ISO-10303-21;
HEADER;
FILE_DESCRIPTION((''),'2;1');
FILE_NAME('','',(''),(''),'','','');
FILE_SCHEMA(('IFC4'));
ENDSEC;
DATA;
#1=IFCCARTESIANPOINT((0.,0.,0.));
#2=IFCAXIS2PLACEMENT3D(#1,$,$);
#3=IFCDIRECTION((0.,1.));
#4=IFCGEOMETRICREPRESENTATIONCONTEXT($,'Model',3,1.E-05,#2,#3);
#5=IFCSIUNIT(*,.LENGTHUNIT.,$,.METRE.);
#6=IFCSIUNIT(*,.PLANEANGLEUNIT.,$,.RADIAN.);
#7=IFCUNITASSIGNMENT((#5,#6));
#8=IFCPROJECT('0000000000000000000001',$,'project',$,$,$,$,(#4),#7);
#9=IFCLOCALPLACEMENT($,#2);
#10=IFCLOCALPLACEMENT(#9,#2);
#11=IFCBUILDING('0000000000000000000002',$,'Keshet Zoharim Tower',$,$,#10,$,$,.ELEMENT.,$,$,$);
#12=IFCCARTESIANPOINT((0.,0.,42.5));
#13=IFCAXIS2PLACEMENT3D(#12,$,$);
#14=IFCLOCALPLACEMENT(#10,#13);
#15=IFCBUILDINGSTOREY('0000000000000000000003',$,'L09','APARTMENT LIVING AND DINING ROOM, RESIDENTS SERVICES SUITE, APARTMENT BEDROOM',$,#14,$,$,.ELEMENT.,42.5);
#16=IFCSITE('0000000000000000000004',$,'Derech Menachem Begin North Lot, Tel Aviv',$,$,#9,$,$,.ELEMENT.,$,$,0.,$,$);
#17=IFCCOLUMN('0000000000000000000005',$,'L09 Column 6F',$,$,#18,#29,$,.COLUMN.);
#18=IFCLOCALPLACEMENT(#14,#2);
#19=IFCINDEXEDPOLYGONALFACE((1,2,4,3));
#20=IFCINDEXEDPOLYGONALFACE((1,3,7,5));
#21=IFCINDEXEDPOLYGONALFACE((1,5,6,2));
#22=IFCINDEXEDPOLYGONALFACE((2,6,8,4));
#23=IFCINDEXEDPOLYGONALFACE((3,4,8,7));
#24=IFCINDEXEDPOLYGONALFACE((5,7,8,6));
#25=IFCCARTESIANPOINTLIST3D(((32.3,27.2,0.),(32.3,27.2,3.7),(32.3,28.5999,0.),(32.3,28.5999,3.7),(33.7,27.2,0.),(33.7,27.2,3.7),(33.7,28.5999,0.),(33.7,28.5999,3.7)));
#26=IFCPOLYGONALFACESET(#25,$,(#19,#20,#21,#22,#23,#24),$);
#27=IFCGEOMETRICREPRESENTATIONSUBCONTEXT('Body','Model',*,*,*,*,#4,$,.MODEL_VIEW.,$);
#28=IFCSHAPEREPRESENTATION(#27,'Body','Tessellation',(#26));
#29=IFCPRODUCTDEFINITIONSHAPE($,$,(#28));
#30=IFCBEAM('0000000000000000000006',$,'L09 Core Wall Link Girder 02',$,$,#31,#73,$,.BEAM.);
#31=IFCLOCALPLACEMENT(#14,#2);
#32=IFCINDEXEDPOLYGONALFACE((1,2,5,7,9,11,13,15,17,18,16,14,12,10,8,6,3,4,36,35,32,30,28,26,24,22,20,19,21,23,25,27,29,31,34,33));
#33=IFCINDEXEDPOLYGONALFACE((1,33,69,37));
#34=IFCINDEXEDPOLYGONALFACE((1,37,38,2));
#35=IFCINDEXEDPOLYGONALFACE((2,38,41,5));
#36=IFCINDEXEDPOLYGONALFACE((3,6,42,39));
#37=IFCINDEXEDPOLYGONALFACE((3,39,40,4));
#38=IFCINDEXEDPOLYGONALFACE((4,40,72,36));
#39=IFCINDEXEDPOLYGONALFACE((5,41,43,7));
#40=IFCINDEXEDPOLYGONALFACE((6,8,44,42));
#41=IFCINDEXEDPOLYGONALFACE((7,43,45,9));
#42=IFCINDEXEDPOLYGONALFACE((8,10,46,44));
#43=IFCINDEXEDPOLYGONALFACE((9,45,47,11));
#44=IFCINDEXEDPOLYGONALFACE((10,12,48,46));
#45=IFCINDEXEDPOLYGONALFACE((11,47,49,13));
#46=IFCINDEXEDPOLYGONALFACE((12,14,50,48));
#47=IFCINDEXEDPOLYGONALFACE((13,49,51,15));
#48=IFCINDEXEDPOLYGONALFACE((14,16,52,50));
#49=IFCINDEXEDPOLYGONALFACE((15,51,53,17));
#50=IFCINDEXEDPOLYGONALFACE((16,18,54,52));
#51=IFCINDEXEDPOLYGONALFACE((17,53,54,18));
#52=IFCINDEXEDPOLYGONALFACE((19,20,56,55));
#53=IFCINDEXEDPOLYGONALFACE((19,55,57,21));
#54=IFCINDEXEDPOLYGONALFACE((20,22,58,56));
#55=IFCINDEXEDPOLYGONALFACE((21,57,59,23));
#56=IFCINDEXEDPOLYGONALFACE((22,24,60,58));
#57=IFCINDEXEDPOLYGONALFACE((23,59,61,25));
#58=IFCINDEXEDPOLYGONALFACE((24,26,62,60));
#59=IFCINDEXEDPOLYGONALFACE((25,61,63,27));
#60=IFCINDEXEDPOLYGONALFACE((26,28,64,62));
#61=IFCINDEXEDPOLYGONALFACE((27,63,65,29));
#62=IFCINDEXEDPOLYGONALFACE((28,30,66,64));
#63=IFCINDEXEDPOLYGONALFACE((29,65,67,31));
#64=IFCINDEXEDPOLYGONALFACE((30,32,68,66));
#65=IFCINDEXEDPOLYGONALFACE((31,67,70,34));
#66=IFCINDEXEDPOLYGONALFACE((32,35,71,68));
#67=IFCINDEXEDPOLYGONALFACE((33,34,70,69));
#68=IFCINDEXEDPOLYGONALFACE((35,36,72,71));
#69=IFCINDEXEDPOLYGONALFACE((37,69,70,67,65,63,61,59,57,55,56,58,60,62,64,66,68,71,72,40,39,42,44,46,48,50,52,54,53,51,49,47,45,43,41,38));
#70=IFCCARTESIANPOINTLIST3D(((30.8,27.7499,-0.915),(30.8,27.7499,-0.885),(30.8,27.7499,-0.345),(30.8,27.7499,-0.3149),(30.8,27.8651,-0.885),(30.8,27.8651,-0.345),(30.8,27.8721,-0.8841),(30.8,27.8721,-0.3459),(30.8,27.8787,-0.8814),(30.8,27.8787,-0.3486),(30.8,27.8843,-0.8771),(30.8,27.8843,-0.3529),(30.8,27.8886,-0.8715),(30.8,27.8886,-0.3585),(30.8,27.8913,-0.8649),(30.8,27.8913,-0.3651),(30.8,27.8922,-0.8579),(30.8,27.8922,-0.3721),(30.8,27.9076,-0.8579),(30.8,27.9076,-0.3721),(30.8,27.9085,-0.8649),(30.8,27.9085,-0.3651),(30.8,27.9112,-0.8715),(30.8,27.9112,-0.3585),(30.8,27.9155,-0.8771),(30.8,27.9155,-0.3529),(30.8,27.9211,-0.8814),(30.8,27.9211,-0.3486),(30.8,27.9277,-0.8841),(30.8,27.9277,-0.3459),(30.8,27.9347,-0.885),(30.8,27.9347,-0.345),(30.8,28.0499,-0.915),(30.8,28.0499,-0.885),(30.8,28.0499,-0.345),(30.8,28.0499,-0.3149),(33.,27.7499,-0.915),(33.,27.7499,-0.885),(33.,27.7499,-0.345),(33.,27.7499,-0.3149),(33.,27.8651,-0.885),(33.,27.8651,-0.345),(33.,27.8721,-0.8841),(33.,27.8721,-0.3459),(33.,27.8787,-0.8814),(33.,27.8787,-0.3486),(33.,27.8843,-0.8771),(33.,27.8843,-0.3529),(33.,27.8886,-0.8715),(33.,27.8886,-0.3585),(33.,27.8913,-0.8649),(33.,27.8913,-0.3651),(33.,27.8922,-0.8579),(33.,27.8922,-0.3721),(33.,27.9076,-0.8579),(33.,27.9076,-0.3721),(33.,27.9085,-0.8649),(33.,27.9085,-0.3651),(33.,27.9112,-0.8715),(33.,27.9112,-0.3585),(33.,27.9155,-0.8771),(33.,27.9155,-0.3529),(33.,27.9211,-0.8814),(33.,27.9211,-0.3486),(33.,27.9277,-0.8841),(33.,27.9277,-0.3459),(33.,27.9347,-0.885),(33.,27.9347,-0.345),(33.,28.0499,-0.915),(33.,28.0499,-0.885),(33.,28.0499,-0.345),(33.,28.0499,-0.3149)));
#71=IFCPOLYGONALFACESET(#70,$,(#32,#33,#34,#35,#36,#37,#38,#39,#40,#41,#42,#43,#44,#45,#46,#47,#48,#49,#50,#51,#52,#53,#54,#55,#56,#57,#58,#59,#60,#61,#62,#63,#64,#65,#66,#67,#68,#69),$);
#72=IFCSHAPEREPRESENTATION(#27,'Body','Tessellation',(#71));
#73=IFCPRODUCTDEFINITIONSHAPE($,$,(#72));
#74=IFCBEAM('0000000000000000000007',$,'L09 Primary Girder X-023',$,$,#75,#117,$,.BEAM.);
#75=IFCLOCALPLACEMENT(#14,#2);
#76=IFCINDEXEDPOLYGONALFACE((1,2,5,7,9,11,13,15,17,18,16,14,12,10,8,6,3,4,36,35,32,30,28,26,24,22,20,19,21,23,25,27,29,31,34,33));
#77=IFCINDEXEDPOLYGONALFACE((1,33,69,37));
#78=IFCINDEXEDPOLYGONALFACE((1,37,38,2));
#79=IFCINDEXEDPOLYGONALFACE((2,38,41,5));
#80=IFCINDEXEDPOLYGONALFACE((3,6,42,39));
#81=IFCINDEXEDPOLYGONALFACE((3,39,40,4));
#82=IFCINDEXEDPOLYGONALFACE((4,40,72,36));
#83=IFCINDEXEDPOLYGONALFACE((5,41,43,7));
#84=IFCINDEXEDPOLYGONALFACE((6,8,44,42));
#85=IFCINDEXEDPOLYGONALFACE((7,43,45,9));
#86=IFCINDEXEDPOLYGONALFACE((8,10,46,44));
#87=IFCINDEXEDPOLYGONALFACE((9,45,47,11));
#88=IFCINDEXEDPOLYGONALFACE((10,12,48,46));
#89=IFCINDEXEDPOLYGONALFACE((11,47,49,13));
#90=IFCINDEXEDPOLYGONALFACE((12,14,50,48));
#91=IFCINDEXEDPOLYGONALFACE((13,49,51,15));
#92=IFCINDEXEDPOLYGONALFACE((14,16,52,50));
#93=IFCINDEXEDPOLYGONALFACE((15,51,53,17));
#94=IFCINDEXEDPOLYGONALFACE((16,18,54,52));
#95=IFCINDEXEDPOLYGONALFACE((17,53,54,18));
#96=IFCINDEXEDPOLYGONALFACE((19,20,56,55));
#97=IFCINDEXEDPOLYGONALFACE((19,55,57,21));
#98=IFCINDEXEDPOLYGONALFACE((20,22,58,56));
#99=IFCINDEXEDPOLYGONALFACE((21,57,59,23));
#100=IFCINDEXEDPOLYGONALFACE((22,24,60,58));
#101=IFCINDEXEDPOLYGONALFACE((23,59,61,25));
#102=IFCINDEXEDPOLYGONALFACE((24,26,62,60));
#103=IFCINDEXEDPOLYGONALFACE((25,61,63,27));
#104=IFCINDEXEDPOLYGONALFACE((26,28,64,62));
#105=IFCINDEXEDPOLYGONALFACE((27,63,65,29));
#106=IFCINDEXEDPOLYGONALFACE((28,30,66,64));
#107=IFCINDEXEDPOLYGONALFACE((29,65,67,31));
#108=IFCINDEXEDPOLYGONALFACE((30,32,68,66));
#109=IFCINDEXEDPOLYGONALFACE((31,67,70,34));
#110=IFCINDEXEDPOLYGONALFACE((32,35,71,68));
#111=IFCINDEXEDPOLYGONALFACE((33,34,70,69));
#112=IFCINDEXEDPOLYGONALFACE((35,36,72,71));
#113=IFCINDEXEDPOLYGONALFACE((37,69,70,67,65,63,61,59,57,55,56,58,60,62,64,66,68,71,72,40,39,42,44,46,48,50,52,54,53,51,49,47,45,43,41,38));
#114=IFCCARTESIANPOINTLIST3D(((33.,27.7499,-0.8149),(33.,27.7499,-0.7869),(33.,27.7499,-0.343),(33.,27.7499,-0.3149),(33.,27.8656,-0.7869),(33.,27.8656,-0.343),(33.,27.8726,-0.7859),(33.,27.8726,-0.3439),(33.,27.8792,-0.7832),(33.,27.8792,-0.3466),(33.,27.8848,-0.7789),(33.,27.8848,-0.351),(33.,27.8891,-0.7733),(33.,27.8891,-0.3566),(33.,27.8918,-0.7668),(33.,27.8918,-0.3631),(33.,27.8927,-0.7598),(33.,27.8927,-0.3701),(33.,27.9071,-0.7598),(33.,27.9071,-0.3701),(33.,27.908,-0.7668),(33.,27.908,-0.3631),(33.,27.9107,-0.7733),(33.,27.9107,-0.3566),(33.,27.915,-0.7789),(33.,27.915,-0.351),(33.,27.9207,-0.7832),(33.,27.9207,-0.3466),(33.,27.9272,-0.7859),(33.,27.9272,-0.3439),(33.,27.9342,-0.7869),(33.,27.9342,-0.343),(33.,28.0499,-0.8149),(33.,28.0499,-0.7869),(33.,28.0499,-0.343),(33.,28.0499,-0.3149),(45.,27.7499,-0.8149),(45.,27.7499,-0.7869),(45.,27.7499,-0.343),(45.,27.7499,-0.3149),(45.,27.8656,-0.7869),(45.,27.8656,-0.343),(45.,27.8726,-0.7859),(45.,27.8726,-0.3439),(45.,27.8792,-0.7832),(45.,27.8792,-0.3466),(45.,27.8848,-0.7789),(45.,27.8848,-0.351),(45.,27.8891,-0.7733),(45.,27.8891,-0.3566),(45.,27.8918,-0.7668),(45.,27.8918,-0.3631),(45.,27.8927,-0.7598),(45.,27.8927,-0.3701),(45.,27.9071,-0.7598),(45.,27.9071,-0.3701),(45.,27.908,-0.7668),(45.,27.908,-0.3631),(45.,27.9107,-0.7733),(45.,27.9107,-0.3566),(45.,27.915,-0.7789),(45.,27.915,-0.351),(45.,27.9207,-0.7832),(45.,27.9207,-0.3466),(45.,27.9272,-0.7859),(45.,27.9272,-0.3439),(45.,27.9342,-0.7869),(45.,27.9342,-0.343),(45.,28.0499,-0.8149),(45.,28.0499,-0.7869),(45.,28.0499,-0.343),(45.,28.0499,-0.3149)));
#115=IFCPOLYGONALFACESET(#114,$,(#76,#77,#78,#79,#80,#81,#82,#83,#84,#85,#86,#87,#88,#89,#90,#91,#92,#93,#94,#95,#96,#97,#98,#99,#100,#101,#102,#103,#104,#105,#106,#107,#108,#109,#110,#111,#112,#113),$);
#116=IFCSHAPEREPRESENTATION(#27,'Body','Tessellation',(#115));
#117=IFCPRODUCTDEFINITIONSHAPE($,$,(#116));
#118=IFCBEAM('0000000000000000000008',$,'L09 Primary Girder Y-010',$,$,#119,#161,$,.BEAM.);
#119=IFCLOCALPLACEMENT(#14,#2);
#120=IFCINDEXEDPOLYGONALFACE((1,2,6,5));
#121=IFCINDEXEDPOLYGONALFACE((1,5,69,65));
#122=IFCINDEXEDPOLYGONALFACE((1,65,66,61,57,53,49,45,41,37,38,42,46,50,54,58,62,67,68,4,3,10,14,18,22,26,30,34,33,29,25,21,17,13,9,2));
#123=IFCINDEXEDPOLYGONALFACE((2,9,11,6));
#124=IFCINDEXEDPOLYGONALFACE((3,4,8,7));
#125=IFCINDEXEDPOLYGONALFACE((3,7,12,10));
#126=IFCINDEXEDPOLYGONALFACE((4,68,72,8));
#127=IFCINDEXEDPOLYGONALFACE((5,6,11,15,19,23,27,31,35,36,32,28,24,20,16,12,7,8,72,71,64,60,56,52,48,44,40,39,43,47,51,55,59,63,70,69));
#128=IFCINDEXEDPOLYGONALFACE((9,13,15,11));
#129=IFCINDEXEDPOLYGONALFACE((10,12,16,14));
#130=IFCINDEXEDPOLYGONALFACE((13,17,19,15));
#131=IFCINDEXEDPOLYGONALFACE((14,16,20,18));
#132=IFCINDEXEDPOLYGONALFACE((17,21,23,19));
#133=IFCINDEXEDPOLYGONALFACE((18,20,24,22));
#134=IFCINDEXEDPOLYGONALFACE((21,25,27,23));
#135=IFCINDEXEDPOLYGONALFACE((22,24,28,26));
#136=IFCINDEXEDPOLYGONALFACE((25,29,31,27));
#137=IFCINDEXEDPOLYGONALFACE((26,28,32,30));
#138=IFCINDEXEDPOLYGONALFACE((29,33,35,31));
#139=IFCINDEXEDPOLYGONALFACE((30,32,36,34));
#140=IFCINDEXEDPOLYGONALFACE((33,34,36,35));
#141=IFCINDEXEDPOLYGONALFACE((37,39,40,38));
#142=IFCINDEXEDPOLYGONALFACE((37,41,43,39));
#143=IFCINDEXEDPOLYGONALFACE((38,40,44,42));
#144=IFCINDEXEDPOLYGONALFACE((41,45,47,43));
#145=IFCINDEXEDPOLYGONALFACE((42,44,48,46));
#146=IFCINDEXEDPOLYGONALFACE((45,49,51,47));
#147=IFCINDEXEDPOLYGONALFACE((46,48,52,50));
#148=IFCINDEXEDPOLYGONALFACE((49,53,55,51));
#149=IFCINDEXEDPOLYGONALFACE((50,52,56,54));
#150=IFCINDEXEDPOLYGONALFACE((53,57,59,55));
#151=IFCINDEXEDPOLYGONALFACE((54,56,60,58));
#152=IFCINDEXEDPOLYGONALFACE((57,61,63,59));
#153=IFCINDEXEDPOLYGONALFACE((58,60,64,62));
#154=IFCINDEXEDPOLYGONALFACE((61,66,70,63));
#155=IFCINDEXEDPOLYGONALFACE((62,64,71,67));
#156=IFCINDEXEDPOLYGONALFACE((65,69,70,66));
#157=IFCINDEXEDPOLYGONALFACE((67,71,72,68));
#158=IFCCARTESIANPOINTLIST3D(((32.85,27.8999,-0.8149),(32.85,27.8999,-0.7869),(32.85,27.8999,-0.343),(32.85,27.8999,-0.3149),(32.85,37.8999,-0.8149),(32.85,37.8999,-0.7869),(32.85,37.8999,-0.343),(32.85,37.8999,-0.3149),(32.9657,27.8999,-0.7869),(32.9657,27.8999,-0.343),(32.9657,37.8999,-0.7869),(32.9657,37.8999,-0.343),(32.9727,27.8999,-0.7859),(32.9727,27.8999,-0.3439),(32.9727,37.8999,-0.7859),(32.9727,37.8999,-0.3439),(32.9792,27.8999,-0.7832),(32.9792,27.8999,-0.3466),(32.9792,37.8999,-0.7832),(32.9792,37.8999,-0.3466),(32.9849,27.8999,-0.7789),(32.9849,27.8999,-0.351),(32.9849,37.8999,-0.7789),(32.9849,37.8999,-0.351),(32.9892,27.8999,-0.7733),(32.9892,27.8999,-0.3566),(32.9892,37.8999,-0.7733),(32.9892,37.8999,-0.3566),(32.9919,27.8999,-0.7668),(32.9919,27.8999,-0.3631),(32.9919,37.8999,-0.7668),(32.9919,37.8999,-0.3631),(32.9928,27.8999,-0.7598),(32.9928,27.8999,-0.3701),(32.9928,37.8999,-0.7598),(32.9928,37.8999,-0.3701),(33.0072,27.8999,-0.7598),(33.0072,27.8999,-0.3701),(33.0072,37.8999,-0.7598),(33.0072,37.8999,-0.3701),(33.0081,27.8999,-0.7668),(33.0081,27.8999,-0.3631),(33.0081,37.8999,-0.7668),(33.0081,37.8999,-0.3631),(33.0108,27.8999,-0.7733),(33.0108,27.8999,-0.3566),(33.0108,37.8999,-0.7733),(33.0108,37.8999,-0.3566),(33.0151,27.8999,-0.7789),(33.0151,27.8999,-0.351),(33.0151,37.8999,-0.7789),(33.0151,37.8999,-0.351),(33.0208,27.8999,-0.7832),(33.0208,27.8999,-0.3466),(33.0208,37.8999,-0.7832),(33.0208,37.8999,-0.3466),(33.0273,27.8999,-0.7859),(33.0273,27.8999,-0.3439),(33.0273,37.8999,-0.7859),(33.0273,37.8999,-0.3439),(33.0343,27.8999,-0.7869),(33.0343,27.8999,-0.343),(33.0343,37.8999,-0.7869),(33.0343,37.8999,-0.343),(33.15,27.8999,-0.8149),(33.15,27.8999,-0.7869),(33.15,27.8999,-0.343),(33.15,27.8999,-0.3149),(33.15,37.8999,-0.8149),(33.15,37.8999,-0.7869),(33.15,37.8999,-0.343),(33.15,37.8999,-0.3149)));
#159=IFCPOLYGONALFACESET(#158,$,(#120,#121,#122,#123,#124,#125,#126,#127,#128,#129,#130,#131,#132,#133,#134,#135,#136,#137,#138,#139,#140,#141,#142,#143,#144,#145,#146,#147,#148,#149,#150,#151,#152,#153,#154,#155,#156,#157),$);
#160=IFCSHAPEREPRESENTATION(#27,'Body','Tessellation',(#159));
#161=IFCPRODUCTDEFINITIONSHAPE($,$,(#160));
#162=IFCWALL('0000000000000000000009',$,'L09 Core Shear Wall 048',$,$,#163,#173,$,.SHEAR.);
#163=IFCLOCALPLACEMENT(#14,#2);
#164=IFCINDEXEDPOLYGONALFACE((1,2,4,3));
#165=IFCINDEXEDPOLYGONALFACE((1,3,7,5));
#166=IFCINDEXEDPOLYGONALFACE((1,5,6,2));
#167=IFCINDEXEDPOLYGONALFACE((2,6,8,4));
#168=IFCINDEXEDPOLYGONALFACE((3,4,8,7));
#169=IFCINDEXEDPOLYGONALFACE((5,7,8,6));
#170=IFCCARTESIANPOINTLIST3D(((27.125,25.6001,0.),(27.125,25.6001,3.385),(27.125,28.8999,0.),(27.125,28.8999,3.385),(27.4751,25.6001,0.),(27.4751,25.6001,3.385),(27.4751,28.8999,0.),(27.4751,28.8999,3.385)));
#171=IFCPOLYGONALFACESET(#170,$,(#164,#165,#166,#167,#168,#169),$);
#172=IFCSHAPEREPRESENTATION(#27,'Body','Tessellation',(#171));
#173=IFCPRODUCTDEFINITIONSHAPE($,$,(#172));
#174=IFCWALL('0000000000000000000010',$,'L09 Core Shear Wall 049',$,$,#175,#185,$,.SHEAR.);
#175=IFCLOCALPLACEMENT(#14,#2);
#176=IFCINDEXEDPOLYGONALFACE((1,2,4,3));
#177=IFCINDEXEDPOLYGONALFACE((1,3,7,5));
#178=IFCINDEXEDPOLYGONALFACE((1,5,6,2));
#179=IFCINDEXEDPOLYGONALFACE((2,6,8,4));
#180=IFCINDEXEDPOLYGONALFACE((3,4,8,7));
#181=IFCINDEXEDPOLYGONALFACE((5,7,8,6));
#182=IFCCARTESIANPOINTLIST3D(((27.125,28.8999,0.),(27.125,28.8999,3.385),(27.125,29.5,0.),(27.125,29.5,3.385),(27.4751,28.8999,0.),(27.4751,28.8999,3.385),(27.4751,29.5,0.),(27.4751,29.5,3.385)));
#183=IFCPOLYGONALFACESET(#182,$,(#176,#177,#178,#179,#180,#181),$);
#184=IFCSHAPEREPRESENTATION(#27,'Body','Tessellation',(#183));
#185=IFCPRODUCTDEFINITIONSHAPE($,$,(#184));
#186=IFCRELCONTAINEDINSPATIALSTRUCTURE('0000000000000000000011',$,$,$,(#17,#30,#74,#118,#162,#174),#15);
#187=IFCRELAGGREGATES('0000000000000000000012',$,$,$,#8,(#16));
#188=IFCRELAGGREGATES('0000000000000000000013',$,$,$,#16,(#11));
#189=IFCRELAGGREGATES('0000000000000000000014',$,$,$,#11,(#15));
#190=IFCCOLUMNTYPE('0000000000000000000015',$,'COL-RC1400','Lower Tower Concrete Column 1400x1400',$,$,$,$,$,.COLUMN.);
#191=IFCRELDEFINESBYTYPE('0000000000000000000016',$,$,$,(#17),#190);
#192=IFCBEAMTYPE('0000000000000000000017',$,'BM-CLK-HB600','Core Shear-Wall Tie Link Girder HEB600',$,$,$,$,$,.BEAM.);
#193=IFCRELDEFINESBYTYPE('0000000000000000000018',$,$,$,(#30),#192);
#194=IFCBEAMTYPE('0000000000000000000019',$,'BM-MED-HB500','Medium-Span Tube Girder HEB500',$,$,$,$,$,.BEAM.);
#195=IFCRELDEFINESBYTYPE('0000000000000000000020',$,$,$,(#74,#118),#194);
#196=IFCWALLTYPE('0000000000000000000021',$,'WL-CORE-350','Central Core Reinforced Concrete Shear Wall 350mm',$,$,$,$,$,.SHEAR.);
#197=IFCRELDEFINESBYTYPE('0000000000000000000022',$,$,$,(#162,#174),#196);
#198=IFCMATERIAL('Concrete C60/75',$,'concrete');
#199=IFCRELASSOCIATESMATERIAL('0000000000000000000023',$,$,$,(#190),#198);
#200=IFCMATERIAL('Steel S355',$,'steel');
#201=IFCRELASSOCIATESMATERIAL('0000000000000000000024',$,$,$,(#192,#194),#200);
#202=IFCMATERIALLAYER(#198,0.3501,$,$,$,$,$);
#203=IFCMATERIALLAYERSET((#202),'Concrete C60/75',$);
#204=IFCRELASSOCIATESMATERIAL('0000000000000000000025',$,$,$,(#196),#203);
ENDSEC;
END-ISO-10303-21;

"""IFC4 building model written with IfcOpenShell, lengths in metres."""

from ifc_helpers import new_model, si_unit, direction, frame, frame_2d, origin, origin_2d, place, context, subcontext, project, spatial, rectangle, i_section, extrude, material, layer, layer_set, material_profile, profile_set, type_object, element, save


model = new_model("IFC4")

# Units and contexts
model_context = context("Model", 3, precision=1e-05, world=origin(), true_north=direction((0.0, 1.0)))
body_context = subcontext(model_context, "Body", "Model", "MODEL_VIEW")
ifc_project = project(units=[si_unit("LENGTHUNIT", "METRE"), si_unit("PLANEANGLEUNIT", "RADIAN")], contexts=[model_context])

# Site, building, storey
site_placement = place(None, origin())
site = spatial("IfcSite", under=ifc_project, at=site_placement, Name="Derech Menachem Begin North Lot, Tel Aviv", CompositionType="ELEMENT", RefElevation=0.0)
building_placement = place(site_placement, origin())
building = spatial("IfcBuilding", under=site, at=building_placement, Name="Keshet Zoharim Tower", CompositionType="ELEMENT")
storey_placement = place(building_placement, frame((0.0, 0.0, 42.5)))
storey = spatial("IfcBuildingStorey", under=building, at=storey_placement, Name="L09", Description="APARTMENT LIVING AND DINING ROOM, RESIDENTS SERVICES SUITE, APARTMENT BEDROOM", CompositionType="ELEMENT", Elevation=42.5)

# Column
ifc_material_1 = material(Name="Concrete C60/75", Category="concrete")
ifc_material_profile_1 = material_profile(ifc_material_1, rectangle(XDim=1.3999, YDim=1.3999, at=origin_2d()), Name="RC1400x1400")
ifc_profile_set_1 = profile_set([ifc_material_profile_1], Name="Concrete C60/75")
column_type = type_object("IfcColumnType", Name="COL-RC1400", Description="Lower Tower Concrete Column 1400x1400", PredefinedType="COLUMN", material=ifc_profile_set_1)
column_placement = place(storey_placement, frame((33.0, 27.8999, 0.0), z_axis=(0.0, 0.0, 1.0), x_axis=(1.0, 0.0, 0.0)))
element("IfcColumn", 1, at=column_placement, inside=storey, type_object=column_type, Name="L09 Column 6F", PredefinedType="COLUMN", context=body_context, shape_type="SweptSolid", body=[
    extrude(rectangle(XDim=1.3999, YDim=1.3999, at=origin_2d()), origin(), (0.0, 0.0, 1.0), 3.7),
])

# Beams
ifc_material_2 = material(Name="Steel S355", Category="steel")
ifc_material_profile_2 = material_profile(ifc_material_2, i_section(OverallWidth=0.3, OverallDepth=0.6001, WebThickness=0.0154, FlangeThickness=0.03, FilletRadius=0.0271, at=origin_2d()), Name="HEB600")
ifc_profile_set_2 = profile_set([ifc_material_profile_2], Name="Steel S355")
beam_type_1 = type_object("IfcBeamType", Name="BM-CLK-HB600", Description="Core Shear-Wall Tie Link Girder HEB600", PredefinedType="BEAM", material=ifc_profile_set_2)
beam_1_placement = place(storey_placement, frame((30.8, 27.8999, -0.615), z_axis=(1.0, 0.0, 0.0), x_axis=(0.0, 1.0, 0.0)))
element("IfcBeam", 2, at=beam_1_placement, inside=storey, type_object=beam_type_1, Name="L09 Core Wall Link Girder 02", PredefinedType="BEAM", context=body_context, shape_type="SweptSolid", body=[
    extrude(i_section(OverallWidth=0.3, OverallDepth=0.6001, WebThickness=0.0154, FlangeThickness=0.03, FilletRadius=0.0271, at=origin_2d()), origin(), (0.0, 0.0, 1.0), 2.2),
])
ifc_material_profile_3 = material_profile(ifc_material_2, i_section(OverallWidth=0.3, OverallDepth=0.5, WebThickness=0.0144, FlangeThickness=0.0281, FilletRadius=0.0271, at=origin_2d()), Name="HEB500")
ifc_profile_set_3 = profile_set([ifc_material_profile_3], Name="Steel S355")
beam_type_2 = type_object("IfcBeamType", Name="BM-MED-HB500", Description="Medium-Span Tube Girder HEB500", PredefinedType="BEAM", material=ifc_profile_set_3)
beam_2_placement = place(storey_placement, frame((33.0, 27.8999, -0.5649), z_axis=(1.0, 0.0, 0.0), x_axis=(0.0, 1.0, 0.0)))
element("IfcBeam", 3, at=beam_2_placement, inside=storey, type_object=beam_type_2, Name="L09 Primary Girder X-023", PredefinedType="BEAM", context=body_context, shape_type="SweptSolid", body=[
    extrude(i_section(OverallWidth=0.3, OverallDepth=0.5, WebThickness=0.0144, FlangeThickness=0.0281, FilletRadius=0.0271, at=origin_2d()), origin(), (0.0, 0.0, 1.0), 12.0),
])
beam_3_placement = place(storey_placement, frame((33.0, 27.8999, -0.5649), z_axis=(0.0, 1.0, 0.0), x_axis=(-1.0, 0.0, 0.0)))
element("IfcBeam", 4, at=beam_3_placement, inside=storey, type_object=beam_type_2, Name="L09 Primary Girder Y-010", PredefinedType="BEAM", context=body_context, shape_type="SweptSolid", body=[
    extrude(i_section(OverallWidth=0.3, OverallDepth=0.5, WebThickness=0.0144, FlangeThickness=0.0281, FilletRadius=0.0271, at=origin_2d()), origin(), (0.0, 0.0, 1.0), 10.0),
])

# Walls
ifc_layer_1 = layer(ifc_material_1, 0.3501)
ifc_layer_set_1 = layer_set([ifc_layer_1], Name="Concrete C60/75")
wall_type_1 = type_object("IfcWallType", Name="WL-CORE-350", Description="Central Core Reinforced Concrete Shear Wall 350mm", PredefinedType="SHEAR", material=ifc_layer_set_1)
wall_1_placement = place(storey_placement, frame((27.3, 25.6001, 0.0), z_axis=(0.0, 0.0, 1.0), x_axis=(0.0, 1.0, 0.0)))
element("IfcWall", 5, at=wall_1_placement, inside=storey, type_object=wall_type_1, Name="L09 Core Shear Wall 048", PredefinedType="SHEAR", context=body_context, shape_type="SweptSolid", body=[
    extrude(rectangle(XDim=3.2998, YDim=0.3501, at=frame_2d((1.6499, 0.0))), origin(), (0.0, 0.0, 1.0), 3.385),
])
wall_2_placement = place(storey_placement, frame((27.3, 28.8999, 0.0), z_axis=(0.0, 0.0, 1.0), x_axis=(0.0, 1.0, 0.0)))
element("IfcWall", 6, at=wall_2_placement, inside=storey, type_object=wall_type_1, Name="L09 Core Shear Wall 049", PredefinedType="SHEAR", context=body_context, shape_type="SweptSolid", body=[
    extrude(rectangle(XDim=0.6001, YDim=0.3501, at=frame_2d((0.3, 0.0))), origin(), (0.0, 0.0, 1.0), 3.385),
])

save(model, "model.ifc")
